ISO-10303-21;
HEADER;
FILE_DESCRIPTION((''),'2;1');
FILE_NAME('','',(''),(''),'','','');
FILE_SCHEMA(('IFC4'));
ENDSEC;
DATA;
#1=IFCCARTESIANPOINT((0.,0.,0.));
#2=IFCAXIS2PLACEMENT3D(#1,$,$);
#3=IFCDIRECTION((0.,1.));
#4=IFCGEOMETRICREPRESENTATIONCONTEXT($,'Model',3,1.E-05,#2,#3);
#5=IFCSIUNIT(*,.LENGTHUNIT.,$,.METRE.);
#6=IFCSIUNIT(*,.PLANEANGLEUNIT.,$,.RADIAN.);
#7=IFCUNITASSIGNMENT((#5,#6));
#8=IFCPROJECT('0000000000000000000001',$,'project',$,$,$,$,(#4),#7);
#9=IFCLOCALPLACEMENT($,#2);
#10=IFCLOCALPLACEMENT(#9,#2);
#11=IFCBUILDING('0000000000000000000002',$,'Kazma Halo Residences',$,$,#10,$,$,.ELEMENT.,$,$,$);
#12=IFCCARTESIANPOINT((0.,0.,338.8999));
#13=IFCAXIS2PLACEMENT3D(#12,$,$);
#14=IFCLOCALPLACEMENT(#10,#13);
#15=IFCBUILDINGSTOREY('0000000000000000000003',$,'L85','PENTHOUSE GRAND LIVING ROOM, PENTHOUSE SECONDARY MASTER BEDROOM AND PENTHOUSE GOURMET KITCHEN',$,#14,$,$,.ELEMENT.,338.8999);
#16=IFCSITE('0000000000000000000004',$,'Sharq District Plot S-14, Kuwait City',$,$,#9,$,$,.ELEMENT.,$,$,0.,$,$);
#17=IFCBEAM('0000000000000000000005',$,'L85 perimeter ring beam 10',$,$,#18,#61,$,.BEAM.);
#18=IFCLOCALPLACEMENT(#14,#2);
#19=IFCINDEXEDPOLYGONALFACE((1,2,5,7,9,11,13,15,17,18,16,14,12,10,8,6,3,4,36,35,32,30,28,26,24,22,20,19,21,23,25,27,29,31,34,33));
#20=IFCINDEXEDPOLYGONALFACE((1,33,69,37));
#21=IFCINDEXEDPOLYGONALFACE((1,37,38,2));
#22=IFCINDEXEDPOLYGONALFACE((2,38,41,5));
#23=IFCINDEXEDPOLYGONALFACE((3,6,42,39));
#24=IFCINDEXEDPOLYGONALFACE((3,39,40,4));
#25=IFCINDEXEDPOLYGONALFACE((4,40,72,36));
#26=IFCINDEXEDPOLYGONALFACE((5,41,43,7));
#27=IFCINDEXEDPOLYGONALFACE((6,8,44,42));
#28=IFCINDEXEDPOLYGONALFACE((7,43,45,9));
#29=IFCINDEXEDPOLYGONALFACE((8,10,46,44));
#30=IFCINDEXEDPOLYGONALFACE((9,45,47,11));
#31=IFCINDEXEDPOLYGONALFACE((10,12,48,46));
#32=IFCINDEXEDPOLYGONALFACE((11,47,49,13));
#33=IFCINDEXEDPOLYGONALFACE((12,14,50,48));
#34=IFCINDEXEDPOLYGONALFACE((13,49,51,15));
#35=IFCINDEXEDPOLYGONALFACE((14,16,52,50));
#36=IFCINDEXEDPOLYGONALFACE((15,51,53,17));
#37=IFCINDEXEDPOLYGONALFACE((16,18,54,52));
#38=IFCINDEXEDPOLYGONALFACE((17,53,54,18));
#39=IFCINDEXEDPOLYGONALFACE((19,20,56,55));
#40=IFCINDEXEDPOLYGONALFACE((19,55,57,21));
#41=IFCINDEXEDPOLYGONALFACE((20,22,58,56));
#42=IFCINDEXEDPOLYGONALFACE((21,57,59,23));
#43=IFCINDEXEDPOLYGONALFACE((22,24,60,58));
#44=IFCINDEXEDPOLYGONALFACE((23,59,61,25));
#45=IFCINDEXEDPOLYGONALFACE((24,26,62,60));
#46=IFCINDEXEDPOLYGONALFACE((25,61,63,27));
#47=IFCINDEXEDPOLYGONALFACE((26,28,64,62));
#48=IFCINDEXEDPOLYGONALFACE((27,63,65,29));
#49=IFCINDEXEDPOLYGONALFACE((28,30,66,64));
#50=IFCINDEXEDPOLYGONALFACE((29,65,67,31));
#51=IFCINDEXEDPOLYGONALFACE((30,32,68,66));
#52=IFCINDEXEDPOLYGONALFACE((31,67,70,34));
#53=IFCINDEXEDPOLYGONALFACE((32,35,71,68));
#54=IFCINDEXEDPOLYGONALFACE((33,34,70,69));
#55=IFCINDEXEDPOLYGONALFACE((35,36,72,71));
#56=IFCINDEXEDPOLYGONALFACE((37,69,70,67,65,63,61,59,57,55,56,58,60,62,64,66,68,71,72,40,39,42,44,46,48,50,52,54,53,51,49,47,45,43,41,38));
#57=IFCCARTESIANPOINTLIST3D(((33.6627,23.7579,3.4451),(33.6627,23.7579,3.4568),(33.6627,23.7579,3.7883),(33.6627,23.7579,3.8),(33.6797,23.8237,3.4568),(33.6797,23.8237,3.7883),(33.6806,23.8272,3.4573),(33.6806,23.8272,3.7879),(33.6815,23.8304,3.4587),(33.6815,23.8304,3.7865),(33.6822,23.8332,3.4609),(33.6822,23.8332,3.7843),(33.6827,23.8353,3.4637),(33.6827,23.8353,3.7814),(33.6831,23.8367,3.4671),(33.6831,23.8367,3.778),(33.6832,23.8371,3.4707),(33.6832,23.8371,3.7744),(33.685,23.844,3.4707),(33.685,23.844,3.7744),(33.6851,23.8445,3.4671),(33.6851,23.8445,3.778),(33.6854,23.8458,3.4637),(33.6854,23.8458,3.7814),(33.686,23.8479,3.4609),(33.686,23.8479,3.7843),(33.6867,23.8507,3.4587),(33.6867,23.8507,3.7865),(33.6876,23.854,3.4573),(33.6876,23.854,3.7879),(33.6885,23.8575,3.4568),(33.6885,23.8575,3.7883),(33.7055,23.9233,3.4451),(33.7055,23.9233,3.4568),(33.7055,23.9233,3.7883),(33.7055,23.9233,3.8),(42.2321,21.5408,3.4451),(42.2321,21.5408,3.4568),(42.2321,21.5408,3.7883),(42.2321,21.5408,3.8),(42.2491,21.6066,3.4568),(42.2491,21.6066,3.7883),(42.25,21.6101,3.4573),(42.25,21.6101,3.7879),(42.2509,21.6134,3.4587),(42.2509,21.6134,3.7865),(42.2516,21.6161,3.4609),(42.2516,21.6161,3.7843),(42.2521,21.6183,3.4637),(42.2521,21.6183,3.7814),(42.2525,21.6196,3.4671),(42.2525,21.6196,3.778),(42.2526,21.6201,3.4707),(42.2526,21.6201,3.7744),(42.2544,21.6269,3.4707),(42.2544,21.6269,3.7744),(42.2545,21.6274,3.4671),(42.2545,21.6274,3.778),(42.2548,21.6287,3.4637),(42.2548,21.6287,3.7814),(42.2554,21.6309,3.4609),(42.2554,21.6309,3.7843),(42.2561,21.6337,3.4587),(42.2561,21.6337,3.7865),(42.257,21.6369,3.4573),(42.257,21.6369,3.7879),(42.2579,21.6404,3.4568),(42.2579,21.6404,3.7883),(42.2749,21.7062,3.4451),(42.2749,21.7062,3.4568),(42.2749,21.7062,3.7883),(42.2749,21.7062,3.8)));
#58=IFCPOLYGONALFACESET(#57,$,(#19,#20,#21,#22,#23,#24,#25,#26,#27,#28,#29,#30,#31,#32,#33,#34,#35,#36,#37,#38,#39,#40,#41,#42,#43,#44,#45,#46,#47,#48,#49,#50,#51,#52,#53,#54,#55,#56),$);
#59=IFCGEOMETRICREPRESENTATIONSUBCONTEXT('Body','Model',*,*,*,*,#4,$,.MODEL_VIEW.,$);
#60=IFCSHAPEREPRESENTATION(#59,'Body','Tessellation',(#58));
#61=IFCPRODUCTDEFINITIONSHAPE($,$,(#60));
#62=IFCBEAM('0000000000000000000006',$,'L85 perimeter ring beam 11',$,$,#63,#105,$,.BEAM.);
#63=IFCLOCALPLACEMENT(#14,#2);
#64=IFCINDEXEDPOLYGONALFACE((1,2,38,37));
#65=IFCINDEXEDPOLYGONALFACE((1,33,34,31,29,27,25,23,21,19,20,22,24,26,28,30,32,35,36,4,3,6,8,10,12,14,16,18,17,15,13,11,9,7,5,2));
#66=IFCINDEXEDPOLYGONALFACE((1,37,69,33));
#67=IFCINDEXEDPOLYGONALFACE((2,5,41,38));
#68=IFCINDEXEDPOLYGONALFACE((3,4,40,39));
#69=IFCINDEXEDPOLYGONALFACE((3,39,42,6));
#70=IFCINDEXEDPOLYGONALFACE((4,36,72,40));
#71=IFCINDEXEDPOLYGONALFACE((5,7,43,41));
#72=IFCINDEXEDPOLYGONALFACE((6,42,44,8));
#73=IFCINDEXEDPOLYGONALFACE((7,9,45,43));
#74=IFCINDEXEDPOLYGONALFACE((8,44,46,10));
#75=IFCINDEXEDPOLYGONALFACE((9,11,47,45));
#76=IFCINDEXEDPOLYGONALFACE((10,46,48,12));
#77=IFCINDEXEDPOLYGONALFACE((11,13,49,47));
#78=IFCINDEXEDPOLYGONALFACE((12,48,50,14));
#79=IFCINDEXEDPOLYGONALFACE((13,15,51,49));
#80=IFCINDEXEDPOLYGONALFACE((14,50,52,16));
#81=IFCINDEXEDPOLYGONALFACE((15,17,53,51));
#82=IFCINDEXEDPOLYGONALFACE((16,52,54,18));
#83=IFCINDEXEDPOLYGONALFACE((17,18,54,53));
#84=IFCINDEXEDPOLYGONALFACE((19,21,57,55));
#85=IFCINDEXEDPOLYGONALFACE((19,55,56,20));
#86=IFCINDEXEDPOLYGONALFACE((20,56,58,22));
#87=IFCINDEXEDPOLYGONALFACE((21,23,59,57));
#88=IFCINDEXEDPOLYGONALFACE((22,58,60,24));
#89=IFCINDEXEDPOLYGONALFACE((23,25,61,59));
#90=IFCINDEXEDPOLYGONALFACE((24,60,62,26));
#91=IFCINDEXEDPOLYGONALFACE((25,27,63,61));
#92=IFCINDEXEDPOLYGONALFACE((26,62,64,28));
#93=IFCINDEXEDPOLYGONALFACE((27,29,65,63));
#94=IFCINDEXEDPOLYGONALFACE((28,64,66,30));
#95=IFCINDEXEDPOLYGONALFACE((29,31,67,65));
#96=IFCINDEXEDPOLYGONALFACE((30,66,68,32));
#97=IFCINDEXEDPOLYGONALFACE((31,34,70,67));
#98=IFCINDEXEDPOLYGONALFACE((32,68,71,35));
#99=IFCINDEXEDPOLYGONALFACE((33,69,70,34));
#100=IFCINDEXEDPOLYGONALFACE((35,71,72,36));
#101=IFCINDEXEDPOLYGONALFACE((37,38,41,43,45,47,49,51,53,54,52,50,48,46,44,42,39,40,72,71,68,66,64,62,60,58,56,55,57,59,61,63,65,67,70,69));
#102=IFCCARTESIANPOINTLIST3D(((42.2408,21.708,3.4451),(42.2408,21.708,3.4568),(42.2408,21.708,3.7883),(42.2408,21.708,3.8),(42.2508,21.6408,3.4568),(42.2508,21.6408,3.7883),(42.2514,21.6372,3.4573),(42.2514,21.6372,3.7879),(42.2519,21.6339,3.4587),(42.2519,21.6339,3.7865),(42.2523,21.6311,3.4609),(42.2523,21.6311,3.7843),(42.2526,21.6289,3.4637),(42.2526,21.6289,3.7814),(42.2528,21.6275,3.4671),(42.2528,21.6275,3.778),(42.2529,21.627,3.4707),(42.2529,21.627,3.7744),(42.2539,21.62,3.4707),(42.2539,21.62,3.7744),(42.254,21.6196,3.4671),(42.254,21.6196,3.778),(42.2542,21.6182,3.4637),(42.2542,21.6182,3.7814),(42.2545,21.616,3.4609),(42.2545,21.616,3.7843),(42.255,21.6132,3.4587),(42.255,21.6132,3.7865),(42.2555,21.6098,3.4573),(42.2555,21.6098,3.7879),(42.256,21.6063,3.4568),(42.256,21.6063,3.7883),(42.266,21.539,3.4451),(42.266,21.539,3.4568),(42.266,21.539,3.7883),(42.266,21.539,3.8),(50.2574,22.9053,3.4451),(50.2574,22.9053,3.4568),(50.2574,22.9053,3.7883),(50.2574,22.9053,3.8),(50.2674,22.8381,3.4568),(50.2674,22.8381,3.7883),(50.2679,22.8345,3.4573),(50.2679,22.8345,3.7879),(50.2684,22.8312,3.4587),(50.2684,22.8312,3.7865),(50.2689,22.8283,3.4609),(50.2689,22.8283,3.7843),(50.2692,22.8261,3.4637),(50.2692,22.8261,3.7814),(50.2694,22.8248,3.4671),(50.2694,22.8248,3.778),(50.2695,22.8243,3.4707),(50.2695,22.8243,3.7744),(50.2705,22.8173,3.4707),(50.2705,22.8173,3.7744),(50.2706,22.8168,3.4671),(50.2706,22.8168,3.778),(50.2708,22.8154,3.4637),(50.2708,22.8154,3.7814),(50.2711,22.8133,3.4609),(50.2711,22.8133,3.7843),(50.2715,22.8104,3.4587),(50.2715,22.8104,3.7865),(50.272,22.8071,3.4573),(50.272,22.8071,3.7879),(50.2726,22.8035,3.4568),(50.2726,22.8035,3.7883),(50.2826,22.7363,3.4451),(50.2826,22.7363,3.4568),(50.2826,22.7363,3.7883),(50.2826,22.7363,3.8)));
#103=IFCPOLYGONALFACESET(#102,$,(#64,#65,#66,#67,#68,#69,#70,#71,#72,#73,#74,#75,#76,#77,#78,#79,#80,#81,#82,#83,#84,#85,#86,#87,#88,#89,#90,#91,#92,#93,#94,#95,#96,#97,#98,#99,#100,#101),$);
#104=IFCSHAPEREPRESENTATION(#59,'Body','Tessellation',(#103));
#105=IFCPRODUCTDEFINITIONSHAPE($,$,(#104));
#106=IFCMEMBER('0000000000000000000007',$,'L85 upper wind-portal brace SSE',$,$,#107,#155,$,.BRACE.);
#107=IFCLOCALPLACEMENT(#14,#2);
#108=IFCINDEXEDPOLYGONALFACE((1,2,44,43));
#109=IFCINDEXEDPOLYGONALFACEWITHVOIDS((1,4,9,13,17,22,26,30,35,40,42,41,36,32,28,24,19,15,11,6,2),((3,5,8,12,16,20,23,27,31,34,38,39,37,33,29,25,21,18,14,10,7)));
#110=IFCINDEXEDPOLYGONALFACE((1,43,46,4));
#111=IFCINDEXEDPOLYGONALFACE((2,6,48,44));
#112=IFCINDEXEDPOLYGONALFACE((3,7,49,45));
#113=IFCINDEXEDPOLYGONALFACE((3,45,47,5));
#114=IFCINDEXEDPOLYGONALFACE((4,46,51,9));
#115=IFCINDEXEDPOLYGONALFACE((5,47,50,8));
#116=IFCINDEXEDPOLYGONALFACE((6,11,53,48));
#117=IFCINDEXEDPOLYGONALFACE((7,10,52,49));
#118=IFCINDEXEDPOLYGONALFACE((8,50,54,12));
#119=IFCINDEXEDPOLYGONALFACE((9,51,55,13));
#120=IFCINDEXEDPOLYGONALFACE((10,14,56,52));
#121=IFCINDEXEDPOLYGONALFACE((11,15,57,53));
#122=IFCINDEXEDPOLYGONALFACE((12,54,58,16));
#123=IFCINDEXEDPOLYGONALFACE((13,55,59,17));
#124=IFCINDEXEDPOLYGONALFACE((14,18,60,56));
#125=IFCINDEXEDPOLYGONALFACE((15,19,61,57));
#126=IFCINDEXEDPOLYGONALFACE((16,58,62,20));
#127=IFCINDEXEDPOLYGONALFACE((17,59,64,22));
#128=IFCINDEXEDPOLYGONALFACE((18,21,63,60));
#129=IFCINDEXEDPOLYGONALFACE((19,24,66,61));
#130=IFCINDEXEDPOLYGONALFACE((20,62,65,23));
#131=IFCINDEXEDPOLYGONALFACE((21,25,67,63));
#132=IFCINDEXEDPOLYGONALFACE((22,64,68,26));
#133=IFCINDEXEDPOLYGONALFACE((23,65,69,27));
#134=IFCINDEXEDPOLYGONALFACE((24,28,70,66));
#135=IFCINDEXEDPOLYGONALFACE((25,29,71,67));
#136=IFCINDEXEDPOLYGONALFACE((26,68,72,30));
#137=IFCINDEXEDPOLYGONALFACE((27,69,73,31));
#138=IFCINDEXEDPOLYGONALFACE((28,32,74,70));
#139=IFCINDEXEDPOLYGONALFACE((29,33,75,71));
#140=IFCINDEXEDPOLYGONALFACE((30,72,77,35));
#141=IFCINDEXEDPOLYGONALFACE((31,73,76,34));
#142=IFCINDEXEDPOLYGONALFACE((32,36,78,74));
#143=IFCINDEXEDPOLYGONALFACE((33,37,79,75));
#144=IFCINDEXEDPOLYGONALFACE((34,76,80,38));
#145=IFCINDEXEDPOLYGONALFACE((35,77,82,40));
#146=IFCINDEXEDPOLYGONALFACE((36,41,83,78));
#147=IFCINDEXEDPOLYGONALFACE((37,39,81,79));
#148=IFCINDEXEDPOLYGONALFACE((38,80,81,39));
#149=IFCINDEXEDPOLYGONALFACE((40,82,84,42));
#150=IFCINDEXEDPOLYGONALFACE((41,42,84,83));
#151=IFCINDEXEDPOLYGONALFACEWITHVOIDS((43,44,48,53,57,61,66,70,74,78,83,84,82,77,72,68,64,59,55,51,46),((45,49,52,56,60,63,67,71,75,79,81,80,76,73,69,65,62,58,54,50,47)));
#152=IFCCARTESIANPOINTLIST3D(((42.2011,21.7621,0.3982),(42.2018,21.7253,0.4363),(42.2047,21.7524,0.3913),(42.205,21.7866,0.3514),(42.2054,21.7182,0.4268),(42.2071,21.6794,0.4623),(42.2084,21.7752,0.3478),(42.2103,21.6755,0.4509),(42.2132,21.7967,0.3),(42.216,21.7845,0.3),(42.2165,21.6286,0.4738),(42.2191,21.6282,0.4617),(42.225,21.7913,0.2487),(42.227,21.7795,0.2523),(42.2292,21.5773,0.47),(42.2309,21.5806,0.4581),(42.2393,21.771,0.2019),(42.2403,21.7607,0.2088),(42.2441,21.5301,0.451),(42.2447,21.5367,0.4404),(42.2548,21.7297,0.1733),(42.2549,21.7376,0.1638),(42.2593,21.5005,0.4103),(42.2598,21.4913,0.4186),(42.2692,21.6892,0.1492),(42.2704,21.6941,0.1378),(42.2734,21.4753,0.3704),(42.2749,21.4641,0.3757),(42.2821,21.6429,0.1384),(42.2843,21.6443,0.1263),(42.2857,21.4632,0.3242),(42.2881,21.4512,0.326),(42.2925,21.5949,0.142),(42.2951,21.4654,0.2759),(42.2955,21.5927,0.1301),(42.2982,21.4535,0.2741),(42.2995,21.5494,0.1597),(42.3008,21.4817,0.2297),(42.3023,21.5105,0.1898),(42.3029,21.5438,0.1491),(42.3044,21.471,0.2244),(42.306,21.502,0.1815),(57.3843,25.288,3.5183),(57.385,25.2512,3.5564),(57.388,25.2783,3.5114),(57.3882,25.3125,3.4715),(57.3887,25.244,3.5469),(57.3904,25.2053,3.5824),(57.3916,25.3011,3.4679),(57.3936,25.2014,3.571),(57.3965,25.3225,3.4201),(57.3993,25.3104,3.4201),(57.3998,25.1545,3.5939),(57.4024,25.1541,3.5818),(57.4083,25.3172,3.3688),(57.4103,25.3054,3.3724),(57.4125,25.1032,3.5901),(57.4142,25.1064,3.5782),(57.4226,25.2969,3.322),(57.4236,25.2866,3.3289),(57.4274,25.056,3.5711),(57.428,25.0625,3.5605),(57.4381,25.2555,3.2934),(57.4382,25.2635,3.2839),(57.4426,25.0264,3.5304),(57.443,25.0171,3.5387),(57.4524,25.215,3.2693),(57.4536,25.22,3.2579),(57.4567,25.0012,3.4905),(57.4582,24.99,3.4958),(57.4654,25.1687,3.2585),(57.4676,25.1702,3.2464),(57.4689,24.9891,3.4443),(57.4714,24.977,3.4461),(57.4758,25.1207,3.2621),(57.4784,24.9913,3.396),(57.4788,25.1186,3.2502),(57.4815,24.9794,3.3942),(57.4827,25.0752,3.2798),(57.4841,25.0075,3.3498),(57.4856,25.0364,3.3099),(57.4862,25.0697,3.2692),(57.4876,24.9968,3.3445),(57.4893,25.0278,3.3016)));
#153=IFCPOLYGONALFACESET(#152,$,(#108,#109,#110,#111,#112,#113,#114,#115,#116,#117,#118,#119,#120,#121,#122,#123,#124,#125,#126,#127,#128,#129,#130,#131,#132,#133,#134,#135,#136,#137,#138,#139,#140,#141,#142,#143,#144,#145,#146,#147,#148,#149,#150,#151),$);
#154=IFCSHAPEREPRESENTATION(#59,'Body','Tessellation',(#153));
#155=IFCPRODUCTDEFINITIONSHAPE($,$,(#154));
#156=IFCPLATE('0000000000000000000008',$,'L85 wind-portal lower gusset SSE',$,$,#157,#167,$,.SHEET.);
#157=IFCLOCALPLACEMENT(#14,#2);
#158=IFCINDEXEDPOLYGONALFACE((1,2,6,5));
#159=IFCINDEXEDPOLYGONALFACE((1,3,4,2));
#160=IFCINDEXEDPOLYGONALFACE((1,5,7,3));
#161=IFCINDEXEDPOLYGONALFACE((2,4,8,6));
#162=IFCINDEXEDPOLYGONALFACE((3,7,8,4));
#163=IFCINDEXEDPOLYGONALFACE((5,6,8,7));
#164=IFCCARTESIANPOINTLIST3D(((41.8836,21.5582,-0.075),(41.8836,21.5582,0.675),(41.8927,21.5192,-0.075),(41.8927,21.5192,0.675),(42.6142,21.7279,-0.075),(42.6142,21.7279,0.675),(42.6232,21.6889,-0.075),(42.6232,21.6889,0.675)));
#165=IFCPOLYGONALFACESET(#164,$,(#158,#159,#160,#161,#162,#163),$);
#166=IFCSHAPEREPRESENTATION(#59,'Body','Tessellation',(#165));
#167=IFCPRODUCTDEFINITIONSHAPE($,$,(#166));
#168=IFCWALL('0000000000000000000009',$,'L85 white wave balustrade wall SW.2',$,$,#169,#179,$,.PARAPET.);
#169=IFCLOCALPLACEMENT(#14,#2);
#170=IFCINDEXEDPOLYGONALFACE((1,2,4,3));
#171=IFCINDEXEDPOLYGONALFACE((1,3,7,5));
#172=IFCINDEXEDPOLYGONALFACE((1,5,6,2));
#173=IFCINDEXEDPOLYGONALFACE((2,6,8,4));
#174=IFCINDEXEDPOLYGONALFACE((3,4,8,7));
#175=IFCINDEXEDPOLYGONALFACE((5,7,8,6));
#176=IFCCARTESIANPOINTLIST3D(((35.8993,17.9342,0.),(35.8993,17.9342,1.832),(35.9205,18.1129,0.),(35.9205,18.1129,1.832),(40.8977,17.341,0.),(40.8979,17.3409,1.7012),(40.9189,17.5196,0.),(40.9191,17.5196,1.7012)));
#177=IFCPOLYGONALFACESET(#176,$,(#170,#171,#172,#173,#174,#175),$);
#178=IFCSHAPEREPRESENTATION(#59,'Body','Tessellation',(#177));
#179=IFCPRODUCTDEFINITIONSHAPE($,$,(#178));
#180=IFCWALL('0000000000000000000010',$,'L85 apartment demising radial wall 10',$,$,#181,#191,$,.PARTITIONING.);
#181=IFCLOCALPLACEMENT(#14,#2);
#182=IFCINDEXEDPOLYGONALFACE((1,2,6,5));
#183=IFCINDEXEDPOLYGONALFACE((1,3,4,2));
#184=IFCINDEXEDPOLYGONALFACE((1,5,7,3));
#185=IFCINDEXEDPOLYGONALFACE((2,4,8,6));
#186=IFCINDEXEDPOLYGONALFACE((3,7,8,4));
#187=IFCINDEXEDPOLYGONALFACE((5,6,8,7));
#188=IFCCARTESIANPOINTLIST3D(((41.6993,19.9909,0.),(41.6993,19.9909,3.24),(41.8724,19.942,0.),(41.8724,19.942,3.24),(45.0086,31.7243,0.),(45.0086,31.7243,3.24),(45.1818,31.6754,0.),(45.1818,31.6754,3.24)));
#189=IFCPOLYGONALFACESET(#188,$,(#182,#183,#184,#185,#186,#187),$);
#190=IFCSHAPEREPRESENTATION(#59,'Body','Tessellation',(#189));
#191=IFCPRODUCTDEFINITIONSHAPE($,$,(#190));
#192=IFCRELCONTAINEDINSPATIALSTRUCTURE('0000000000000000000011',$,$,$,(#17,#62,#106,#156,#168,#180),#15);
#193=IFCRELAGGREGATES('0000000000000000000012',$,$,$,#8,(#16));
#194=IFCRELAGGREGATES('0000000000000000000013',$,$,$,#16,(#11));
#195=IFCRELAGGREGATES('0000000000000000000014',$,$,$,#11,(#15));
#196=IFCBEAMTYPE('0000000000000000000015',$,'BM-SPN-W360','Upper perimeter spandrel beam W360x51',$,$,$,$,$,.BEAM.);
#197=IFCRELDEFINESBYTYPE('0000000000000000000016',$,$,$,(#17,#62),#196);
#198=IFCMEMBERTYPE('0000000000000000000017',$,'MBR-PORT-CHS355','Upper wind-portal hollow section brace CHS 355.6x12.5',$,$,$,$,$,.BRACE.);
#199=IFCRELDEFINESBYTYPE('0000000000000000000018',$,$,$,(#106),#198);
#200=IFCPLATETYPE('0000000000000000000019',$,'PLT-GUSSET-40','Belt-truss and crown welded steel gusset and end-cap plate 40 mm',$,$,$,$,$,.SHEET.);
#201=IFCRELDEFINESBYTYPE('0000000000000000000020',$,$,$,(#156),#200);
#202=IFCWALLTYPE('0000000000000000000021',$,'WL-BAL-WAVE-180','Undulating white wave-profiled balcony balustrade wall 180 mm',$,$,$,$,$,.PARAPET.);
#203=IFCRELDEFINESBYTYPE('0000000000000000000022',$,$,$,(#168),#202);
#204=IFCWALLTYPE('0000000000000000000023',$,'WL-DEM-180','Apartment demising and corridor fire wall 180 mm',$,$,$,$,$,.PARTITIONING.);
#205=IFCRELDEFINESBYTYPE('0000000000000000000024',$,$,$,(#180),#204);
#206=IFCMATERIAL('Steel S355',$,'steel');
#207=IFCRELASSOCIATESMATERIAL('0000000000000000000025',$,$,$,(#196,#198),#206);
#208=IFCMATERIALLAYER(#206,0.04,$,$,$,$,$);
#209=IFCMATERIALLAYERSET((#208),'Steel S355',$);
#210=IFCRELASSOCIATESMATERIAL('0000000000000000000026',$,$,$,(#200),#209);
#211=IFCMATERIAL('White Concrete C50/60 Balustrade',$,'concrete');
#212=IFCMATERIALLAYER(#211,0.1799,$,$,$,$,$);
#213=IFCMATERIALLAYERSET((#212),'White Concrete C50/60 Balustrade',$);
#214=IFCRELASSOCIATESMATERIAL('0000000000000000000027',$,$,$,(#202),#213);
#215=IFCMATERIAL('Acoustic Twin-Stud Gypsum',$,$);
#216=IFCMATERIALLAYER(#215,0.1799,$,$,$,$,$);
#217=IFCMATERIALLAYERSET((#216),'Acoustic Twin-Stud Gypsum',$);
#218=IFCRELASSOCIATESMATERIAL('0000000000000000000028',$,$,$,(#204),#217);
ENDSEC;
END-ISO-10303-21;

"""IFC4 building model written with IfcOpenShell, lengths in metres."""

from ifc_helpers import new_model, si_unit, direction, frame, frame_2d, origin, origin_2d, place, context, subcontext, project, spatial, polyline, rectangle, hollow_circle, i_section, outline, extrude, material, layer, layer_set, material_profile, profile_set, type_object, element, save


model = new_model("IFC4")

# Units and contexts
model_context = context("Model", 3, precision=1e-05, world=origin(), true_north=direction((0.0, 1.0)))
body_context = subcontext(model_context, "Body", "Model", "MODEL_VIEW")
ifc_project = project(units=[si_unit("LENGTHUNIT", "METRE"), si_unit("PLANEANGLEUNIT", "RADIAN")], contexts=[model_context])

# Site, building, storey
site_placement = place(None, origin())
site = spatial("IfcSite", under=ifc_project, at=site_placement, Name="Sharq District Plot S-14, Kuwait City", CompositionType="ELEMENT", RefElevation=0.0)
building_placement = place(site_placement, origin())
building = spatial("IfcBuilding", under=site, at=building_placement, Name="Kazma Halo Residences", CompositionType="ELEMENT")
storey_placement = place(building_placement, frame((0.0, 0.0, 338.8999)))
storey = spatial("IfcBuildingStorey", under=building, at=storey_placement, Name="L85", Description="PENTHOUSE GRAND LIVING ROOM, PENTHOUSE SECONDARY MASTER BEDROOM AND PENTHOUSE GOURMET KITCHEN", CompositionType="ELEMENT", Elevation=338.8999)

# Beams
ifc_material_1 = material(Name="Steel S355", Category="steel")
ifc_material_profile_1 = material_profile(ifc_material_1, i_section(OverallWidth=0.1709, OverallDepth=0.355, WebThickness=0.0071, FlangeThickness=0.0117, FilletRadius=0.0139, at=origin_2d()), Name="W360x51")
ifc_profile_set_1 = profile_set([ifc_material_profile_1], Name="Steel S355")
beam_type_1 = type_object("IfcBeamType", Name="BM-SPN-W360", Description="Upper perimeter spandrel beam W360x51", PredefinedType="BEAM", material=ifc_profile_set_1)
beam_1_placement = place(storey_placement, frame((33.6841, 23.8406, 3.6226), z_axis=(0.968124, -0.250471, 0.0), x_axis=(0.250471, 0.968124, 0.0)))
element("IfcBeam", 1, at=beam_1_placement, inside=storey, type_object=beam_type_1, Name="L85 perimeter ring beam 10", PredefinedType="BEAM", context=body_context, shape_type="SweptSolid", body=[
    extrude(i_section(OverallWidth=0.1709, OverallDepth=0.355, WebThickness=0.0071, FlangeThickness=0.0117, FilletRadius=0.0139, at=origin_2d()), origin(), (0.0, 0.0, 1.0), 8.8516),
])
beam_2_placement = place(storey_placement, frame((42.2534, 21.6235, 3.6226), z_axis=(0.989031, 0.14771, 0.0), x_axis=(-0.14771, 0.989031, 0.0)))
element("IfcBeam", 2, at=beam_2_placement, inside=storey, type_object=beam_type_1, Name="L85 perimeter ring beam 11", PredefinedType="BEAM", context=body_context, shape_type="SweptSolid", body=[
    extrude(i_section(OverallWidth=0.1709, OverallDepth=0.355, WebThickness=0.0071, FlangeThickness=0.0117, FilletRadius=0.0139, at=origin_2d()), origin(), (0.0, 0.0, 1.0), 8.1055),
])

# Member
ifc_material_profile_2 = material_profile(ifc_material_1, hollow_circle(Radius=0.1777, WallThickness=0.0125, at=origin_2d()), Name="CHS355.6x12.5")
ifc_profile_set_2 = profile_set([ifc_material_profile_2], Name="Steel S355")
member_type = type_object("IfcMemberType", Name="MBR-PORT-CHS355", Description="Upper wind-portal hollow section brace CHS 355.6x12.5", PredefinedType="BRACE", material=ifc_profile_set_2)
member_placement = place(storey_placement, frame((42.2534, 21.6235, 0.3), z_axis=(0.955133, 0.221801, 0.196276), x_axis=(-0.226201, 0.974081, 0.0)))
element("IfcMember", 3, at=member_placement, inside=storey, type_object=member_type, Name="L85 upper wind-portal brace SSE", PredefinedType="BRACE", context=body_context, shape_type="SweptSolid", body=[
    extrude(hollow_circle(Radius=0.1777, WallThickness=0.0125, at=origin_2d()), origin(), (0.0, 0.0, 1.0), 15.8965),
])

# Plate
ifc_layer_1 = layer(ifc_material_1, 0.04)
ifc_layer_set_1 = layer_set([ifc_layer_1], Name="Steel S355")
plate_type = type_object("IfcPlateType", Name="PLT-GUSSET-40", Description="Belt-truss and crown welded steel gusset and end-cap plate 40 mm", PredefinedType="SHEET", material=ifc_layer_set_1)
plate_placement = place(storey_placement, frame((42.2534, 21.6235, -0.075), z_axis=(0.0, 0.0, 1.0), x_axis=(0.974084, 0.226188, 0.0)))
element("IfcPlate", 4, at=plate_placement, inside=storey, type_object=plate_type, Name="L85 wind-portal lower gusset SSE", PredefinedType="SHEET", context=body_context, shape_type="SweptSolid", body=[
    extrude(rectangle(XDim=0.75, YDim=0.04, at=origin_2d()), origin(), (0.0, 0.0, 1.0), 0.75),
])

# Walls
ifc_material_2 = material(Name="White Concrete C50/60 Balustrade", Category="concrete")
ifc_layer_2 = layer(ifc_material_2, 0.1799)
ifc_layer_set_2 = layer_set([ifc_layer_2], Name="White Concrete C50/60 Balustrade")
wall_type_1 = type_object("IfcWallType", Name="WL-BAL-WAVE-180", Description="Undulating white wave-profiled balcony balustrade wall 180 mm", PredefinedType="PARAPET", material=ifc_layer_set_2)
wall_1_placement = place(storey_placement, frame((35.9099, 18.0237, 0.0), z_axis=(0.0, 0.0, 1.0), x_axis=(0.99303, -0.117866, 0.0)))
element("IfcWall", 5, at=wall_1_placement, inside=storey, type_object=wall_type_1, Name="L85 white wave balustrade wall SW.2", PredefinedType="PARAPET", context=body_context, shape_type="SweptSolid", body=[
    extrude(outline(polyline([(0.0, 0.0), (5.0334, 0.0), (5.0337, 1.7012), (0.0, 1.832), (0.0, 0.0)])), frame((0.0, 0.0898, 0.0), z_axis=(0.0, -1.0, 0.0), x_axis=(1.0, 0.0, 0.0)), (0.0, 0.0, 1.0), 0.1799),
])
ifc_material_3 = material(Name="Acoustic Twin-Stud Gypsum")
ifc_layer_3 = layer(ifc_material_3, 0.1799)
ifc_layer_set_3 = layer_set([ifc_layer_3], Name="Acoustic Twin-Stud Gypsum")
wall_type_2 = type_object("IfcWallType", Name="WL-DEM-180", Description="Apartment demising and corridor fire wall 180 mm", PredefinedType="PARTITIONING", material=ifc_layer_set_3)
wall_2_placement = place(storey_placement, frame((45.0952, 31.7, 0.0), z_axis=(0.0, 0.0, 1.0), x_axis=(-0.271453, -0.962452, 0.0)))
element("IfcWall", 6, at=wall_2_placement, inside=storey, type_object=wall_type_2, Name="L85 apartment demising radial wall 10", PredefinedType="PARTITIONING", context=body_context, shape_type="SweptSolid", body=[
    extrude(rectangle(XDim=12.1912, YDim=0.1799, at=frame_2d((6.0957, 0.0))), origin(), (0.0, 0.0, 1.0), 3.24),
])

save(model, "model.ifc")
